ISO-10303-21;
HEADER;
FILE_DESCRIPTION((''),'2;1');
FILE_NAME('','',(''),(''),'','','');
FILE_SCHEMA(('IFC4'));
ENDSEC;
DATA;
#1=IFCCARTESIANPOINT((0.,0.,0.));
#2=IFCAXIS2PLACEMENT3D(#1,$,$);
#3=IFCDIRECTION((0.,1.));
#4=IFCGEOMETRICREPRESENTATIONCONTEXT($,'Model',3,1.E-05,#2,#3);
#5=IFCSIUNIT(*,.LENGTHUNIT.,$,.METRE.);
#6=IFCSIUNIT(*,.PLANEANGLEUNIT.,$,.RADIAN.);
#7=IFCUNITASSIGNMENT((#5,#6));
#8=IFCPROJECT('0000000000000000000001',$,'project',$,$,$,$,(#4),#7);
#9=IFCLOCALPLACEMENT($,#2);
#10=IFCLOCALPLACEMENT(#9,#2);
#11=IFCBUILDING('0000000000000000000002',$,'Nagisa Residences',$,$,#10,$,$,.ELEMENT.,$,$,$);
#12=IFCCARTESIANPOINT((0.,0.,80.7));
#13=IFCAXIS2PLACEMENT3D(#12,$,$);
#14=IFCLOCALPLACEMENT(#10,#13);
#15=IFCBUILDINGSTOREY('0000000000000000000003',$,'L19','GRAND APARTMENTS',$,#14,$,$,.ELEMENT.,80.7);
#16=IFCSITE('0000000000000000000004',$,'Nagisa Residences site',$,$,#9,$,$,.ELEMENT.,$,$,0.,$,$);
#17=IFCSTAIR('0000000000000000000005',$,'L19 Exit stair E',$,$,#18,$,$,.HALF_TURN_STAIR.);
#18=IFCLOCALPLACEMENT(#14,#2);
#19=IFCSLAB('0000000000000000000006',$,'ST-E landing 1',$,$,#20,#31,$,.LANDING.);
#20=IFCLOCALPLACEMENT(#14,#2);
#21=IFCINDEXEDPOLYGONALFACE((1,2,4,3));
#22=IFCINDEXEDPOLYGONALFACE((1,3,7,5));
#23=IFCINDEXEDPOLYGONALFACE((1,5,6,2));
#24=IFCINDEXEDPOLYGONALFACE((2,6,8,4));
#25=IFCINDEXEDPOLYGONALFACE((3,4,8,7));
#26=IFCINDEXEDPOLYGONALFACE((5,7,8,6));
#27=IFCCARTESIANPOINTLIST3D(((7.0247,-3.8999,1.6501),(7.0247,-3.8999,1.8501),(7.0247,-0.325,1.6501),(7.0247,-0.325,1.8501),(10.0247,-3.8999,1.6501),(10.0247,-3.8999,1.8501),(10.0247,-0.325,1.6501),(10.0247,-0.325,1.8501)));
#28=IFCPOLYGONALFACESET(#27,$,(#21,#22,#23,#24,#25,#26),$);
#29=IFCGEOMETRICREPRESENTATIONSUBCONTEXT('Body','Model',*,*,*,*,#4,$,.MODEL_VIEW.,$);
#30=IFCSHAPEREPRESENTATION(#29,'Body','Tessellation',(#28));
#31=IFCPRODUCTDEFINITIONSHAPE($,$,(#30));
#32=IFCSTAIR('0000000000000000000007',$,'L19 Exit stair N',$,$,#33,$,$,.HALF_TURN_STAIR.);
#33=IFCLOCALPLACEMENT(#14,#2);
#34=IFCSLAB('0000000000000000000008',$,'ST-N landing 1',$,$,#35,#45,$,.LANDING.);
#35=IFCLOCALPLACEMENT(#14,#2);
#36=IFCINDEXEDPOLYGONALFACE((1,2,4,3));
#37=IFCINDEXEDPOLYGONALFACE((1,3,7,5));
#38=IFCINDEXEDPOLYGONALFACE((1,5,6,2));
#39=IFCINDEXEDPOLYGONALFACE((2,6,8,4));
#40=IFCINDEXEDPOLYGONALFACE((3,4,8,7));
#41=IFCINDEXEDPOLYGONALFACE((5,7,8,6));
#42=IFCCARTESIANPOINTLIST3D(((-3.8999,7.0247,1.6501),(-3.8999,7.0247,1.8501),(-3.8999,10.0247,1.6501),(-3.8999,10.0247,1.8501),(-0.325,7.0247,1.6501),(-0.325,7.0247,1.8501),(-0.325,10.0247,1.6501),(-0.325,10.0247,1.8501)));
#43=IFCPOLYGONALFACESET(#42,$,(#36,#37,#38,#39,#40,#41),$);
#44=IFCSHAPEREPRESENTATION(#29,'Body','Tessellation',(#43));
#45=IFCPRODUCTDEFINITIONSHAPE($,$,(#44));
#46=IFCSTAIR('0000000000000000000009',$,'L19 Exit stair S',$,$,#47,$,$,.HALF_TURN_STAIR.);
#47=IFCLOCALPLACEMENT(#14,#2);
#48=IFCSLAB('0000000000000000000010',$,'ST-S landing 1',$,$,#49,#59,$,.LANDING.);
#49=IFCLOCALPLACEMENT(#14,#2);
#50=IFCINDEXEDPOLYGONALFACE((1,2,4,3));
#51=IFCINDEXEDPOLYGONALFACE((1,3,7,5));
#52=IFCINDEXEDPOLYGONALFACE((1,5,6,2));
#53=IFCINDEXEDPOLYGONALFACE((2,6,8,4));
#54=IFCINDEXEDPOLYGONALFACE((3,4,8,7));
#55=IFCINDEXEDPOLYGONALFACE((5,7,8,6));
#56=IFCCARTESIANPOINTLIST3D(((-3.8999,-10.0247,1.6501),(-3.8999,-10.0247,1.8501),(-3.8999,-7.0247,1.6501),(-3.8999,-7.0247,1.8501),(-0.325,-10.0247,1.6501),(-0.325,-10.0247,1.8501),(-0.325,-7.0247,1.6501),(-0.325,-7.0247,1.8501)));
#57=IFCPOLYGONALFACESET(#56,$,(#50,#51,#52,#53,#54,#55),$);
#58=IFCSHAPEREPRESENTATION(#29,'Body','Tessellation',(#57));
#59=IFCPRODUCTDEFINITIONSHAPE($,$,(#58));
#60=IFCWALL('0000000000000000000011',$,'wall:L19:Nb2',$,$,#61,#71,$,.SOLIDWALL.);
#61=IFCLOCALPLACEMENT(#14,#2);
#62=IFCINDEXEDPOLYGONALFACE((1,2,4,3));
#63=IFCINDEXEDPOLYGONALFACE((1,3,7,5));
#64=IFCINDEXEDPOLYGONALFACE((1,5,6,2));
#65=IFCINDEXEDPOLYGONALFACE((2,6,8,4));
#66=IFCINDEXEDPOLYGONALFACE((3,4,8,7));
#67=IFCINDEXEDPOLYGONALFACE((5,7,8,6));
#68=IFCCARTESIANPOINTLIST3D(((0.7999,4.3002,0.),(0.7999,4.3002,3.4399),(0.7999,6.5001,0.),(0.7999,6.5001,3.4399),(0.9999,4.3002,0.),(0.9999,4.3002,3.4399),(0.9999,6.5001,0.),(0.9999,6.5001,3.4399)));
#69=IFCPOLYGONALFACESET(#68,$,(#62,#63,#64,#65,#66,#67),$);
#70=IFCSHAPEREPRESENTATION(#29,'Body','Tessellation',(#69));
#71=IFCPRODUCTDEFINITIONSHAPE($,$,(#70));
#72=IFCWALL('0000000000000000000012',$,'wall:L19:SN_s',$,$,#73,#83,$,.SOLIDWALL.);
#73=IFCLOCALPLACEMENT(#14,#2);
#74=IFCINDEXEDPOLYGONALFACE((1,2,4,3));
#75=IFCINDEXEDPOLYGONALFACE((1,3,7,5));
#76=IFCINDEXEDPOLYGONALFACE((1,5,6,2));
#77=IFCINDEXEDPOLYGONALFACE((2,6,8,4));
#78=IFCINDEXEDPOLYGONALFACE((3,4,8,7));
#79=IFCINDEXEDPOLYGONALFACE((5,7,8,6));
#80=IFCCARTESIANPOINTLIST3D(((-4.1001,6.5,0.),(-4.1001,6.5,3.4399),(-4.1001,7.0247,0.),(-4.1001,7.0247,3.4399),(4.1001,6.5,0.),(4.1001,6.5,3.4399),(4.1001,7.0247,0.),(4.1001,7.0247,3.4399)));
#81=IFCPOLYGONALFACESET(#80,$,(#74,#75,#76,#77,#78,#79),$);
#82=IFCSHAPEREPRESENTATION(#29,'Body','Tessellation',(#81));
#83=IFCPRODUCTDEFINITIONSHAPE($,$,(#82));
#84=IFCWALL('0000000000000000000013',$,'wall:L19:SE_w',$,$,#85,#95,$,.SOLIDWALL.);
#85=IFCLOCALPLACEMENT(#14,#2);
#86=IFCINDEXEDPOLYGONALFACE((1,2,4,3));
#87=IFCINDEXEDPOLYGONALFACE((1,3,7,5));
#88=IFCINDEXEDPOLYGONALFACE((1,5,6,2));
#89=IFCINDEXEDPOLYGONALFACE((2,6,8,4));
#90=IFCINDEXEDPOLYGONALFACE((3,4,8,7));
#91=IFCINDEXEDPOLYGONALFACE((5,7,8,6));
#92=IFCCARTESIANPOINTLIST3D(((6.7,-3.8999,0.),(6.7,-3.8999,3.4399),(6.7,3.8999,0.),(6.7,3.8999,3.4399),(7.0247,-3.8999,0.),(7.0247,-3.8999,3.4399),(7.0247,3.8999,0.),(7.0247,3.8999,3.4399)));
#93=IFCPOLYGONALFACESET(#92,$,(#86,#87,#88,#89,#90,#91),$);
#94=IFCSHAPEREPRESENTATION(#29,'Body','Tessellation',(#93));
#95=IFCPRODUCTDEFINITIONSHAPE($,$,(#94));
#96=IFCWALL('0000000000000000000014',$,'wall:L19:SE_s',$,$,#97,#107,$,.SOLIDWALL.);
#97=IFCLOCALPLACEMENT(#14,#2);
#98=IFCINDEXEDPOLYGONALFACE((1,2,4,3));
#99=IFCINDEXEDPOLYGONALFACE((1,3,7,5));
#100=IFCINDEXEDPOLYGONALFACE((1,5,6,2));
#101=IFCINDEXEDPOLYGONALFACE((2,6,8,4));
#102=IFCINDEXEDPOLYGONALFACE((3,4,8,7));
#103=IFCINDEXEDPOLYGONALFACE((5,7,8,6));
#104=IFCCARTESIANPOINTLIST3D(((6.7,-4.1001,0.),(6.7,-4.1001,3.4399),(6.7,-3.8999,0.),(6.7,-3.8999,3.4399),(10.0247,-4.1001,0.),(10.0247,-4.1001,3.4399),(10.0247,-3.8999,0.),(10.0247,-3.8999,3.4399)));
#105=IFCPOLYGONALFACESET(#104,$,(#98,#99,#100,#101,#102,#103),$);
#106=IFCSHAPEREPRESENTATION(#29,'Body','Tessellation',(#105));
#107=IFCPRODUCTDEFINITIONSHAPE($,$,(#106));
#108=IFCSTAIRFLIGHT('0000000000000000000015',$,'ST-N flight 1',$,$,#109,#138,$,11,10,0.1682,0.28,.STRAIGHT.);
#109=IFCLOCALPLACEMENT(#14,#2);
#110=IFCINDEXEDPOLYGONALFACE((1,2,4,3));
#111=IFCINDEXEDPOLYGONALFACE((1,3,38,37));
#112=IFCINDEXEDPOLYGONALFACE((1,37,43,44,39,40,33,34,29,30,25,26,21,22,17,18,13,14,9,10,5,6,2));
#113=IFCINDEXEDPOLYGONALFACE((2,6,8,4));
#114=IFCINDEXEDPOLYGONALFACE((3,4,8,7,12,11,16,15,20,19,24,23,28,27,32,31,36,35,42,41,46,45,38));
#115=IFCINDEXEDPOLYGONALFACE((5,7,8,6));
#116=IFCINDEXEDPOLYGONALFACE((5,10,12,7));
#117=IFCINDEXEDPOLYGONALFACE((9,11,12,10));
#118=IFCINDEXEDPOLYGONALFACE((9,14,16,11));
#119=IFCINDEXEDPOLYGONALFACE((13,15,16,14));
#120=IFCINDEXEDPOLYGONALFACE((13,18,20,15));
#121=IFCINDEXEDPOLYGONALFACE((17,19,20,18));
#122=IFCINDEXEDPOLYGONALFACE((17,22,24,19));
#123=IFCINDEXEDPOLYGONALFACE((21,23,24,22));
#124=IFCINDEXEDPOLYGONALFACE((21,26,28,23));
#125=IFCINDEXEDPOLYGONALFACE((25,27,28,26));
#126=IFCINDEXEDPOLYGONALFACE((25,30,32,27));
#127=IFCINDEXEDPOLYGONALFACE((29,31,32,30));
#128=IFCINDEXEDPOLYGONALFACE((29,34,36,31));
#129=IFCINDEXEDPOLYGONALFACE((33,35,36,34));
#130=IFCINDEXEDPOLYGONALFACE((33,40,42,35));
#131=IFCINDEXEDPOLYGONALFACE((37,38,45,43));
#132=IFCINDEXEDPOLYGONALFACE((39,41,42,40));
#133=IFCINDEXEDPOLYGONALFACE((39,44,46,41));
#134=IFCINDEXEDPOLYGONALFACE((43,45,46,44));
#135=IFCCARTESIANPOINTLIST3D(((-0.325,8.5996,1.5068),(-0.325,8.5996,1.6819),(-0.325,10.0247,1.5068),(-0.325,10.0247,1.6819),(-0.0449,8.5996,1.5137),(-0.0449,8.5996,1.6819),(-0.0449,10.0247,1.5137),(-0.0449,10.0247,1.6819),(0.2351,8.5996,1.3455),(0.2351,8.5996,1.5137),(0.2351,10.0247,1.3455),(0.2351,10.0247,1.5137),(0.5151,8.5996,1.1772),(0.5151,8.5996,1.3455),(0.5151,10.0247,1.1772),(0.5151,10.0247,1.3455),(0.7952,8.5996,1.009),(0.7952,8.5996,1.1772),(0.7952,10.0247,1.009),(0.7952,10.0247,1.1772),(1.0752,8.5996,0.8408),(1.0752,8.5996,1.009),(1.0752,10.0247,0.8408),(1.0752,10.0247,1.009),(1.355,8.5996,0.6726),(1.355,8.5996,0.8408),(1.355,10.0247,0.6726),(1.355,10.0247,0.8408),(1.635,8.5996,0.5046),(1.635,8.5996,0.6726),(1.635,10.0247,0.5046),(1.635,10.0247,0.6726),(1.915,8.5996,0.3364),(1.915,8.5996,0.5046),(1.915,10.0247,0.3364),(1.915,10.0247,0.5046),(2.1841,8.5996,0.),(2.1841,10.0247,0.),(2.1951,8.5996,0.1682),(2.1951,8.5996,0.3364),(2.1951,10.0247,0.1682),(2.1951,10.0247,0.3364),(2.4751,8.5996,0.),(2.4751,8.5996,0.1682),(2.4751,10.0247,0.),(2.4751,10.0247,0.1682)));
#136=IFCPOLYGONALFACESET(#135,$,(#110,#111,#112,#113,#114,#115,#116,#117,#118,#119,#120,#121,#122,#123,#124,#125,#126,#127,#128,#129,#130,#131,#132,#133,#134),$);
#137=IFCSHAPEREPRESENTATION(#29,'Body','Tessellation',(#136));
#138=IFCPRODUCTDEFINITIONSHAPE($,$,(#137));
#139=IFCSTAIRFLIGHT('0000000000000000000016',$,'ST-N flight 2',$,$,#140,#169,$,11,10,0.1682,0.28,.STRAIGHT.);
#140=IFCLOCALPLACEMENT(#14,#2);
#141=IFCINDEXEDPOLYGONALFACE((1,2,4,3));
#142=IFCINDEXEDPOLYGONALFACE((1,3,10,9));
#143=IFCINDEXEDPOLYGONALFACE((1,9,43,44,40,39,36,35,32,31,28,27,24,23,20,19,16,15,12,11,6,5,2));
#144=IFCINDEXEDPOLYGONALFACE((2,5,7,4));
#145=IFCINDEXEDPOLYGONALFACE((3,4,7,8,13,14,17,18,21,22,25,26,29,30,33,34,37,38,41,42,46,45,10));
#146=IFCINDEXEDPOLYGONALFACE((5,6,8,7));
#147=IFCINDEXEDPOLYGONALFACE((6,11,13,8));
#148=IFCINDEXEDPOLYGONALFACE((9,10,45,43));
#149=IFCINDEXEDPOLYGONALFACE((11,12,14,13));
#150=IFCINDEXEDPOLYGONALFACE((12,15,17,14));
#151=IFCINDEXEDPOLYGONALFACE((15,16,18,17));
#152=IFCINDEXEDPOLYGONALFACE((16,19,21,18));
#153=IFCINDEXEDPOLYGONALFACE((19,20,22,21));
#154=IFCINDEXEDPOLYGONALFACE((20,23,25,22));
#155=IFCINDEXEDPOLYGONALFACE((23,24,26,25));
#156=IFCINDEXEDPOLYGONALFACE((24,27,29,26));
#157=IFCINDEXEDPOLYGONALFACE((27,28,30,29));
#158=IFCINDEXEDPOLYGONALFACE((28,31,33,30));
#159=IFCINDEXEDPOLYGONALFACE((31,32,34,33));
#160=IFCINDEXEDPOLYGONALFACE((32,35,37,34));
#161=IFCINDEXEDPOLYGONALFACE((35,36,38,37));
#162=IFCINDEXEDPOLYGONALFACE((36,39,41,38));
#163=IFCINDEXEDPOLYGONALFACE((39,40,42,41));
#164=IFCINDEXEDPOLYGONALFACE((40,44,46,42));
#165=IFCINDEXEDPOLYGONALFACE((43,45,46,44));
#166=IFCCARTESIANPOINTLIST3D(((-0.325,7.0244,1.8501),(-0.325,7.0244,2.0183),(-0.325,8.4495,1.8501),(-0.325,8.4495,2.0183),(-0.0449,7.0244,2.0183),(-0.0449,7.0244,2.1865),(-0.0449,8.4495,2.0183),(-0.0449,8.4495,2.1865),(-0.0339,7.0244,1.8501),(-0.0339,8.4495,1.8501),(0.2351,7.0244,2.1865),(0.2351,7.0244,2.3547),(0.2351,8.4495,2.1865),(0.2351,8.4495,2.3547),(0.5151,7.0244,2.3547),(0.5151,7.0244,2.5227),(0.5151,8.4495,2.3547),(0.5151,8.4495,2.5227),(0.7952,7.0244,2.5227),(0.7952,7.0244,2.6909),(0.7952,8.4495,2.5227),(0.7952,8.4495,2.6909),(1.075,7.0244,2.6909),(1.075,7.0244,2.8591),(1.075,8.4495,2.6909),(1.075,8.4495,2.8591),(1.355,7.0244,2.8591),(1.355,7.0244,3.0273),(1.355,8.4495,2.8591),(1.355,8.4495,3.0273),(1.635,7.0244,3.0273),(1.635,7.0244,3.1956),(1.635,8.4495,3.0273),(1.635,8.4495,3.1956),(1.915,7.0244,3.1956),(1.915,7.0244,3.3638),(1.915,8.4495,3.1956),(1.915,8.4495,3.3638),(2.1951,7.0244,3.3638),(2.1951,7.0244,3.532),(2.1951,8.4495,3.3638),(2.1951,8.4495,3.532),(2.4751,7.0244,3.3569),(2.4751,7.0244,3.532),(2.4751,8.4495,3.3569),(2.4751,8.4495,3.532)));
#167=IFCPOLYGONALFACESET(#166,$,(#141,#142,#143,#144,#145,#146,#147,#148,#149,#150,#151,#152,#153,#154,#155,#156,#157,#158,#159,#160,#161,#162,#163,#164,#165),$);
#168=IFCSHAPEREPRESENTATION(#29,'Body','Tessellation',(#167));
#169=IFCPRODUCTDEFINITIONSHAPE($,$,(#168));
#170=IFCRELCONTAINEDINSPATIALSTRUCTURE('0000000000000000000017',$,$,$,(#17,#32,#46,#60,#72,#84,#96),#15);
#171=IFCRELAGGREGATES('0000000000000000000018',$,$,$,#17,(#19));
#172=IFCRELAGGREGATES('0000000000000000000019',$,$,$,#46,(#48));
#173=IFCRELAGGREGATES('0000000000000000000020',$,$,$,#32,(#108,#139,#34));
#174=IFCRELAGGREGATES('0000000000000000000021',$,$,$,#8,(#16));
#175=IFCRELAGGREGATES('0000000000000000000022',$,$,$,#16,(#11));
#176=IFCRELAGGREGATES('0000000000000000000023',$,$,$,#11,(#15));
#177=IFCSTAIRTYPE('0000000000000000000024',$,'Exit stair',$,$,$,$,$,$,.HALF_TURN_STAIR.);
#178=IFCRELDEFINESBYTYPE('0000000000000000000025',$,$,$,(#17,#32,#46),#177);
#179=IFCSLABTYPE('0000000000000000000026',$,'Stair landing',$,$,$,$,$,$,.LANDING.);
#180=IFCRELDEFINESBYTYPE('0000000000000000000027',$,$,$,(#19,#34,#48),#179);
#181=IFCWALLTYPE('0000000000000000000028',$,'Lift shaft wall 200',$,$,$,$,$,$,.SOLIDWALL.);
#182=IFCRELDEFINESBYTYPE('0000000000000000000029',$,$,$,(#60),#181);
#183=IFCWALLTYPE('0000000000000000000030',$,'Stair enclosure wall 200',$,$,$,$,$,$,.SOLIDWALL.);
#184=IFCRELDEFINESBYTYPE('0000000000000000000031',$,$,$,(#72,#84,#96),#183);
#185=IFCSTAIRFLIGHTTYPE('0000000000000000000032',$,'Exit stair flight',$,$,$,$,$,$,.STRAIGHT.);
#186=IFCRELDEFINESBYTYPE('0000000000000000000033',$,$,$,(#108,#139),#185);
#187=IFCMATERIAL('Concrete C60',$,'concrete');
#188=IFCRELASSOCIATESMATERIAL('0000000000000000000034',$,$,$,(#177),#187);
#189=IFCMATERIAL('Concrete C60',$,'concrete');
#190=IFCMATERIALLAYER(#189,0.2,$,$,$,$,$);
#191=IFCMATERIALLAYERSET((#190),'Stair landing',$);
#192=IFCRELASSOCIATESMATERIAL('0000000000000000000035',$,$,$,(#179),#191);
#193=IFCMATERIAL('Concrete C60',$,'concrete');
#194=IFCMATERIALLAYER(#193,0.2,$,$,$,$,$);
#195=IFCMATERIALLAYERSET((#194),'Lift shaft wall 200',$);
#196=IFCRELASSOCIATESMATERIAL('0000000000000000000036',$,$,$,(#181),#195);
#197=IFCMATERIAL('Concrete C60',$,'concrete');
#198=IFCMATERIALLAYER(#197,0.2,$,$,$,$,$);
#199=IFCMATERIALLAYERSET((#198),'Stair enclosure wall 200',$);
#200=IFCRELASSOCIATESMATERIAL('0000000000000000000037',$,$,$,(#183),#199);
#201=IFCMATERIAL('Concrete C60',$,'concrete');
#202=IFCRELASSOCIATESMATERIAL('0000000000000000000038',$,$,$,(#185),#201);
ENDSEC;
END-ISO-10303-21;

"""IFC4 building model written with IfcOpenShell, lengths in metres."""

from ifc_helpers import new_model, si_unit, direction, frame, frame_2d, origin, place, context, subcontext, project, spatial, polyline, rectangle, outline, extrude, material, layer, layer_set, type_object, element, aggregate, save


model = new_model("IFC4")

# Units and contexts
model_context = context("Model", 3, precision=1e-05, world=origin(), true_north=direction((0.0, 1.0)))
body_context = subcontext(model_context, "Body", "Model", "MODEL_VIEW")
ifc_project = project(units=[si_unit("LENGTHUNIT", "METRE"), si_unit("PLANEANGLEUNIT", "RADIAN")], contexts=[model_context])

# Site, building, storey
site_placement = place(None, origin())
site = spatial("IfcSite", under=ifc_project, at=site_placement, Name="Nagisa Residences site", CompositionType="ELEMENT", RefElevation=0.0)
building_placement = place(site_placement, origin())
building = spatial("IfcBuilding", under=site, at=building_placement, Name="Nagisa Residences", CompositionType="ELEMENT")
storey_placement = place(building_placement, frame((0.0, 0.0, 80.7)))
storey = spatial("IfcBuildingStorey", under=building, at=storey_placement, Name="L19", Description="GRAND APARTMENTS", CompositionType="ELEMENT", Elevation=80.7)

# Stairs, slabs
ifc_material_1 = material(Name="Concrete C60", Category="concrete")
stair_type = type_object("IfcStairType", Name="Exit stair", PredefinedType="HALF_TURN_STAIR", material=ifc_material_1)
stair_1_placement = place(storey_placement, origin())
stair_1 = element("IfcStair", 1, at=stair_1_placement, inside=storey, type_object=stair_type, Name="L19 Exit stair E", PredefinedType="HALF_TURN_STAIR")
ifc_material_2 = material(Name="Concrete C60", Category="concrete")
ifc_layer_1 = layer(ifc_material_2, 0.2)
ifc_layer_set_1 = layer_set([ifc_layer_1], Name="Stair landing")
slab_type = type_object("IfcSlabType", Name="Stair landing", PredefinedType="LANDING", material=ifc_layer_set_1)
slab_1_placement = place(storey_placement, frame((0.0, 0.0, 1.6501)))
slab_1 = element("IfcSlab", 2, at=slab_1_placement, type_object=slab_type, Name="ST-E landing 1", PredefinedType="LANDING", context=body_context, shape_type="SweptSolid", body=[
    extrude(outline(polyline([(7.0247, -0.325), (7.0247, -3.8999), (10.0247, -3.8999), (10.0247, -0.325), (7.0247, -0.325)])), origin(), (0.0, 0.0, 1.0), 0.2),
])
aggregate(stair_1, [slab_1])
stair_2_placement = place(storey_placement, origin())
stair_2 = element("IfcStair", 3, at=stair_2_placement, inside=storey, type_object=stair_type, Name="L19 Exit stair N", PredefinedType="HALF_TURN_STAIR")
slab_2_placement = place(storey_placement, frame((0.0, 0.0, 1.6501)))
slab_2 = element("IfcSlab", 4, at=slab_2_placement, type_object=slab_type, Name="ST-N landing 1", PredefinedType="LANDING", context=body_context, shape_type="SweptSolid", body=[
    extrude(outline(polyline([(-0.325, 10.0247), (-3.8999, 10.0247), (-3.8999, 7.0247), (-0.325, 7.0247), (-0.325, 10.0247)])), origin(), (0.0, 0.0, 1.0), 0.2),
])
stair_3_placement = place(storey_placement, origin())
stair_3 = element("IfcStair", 5, at=stair_3_placement, inside=storey, type_object=stair_type, Name="L19 Exit stair S", PredefinedType="HALF_TURN_STAIR")
slab_3_placement = place(storey_placement, frame((0.0, 0.0, 1.6501)))
slab_3 = element("IfcSlab", 6, at=slab_3_placement, type_object=slab_type, Name="ST-S landing 1", PredefinedType="LANDING", context=body_context, shape_type="SweptSolid", body=[
    extrude(outline(polyline([(-0.325, -7.0247), (-3.8999, -7.0247), (-3.8999, -10.0247), (-0.325, -10.0247), (-0.325, -7.0247)])), origin(), (0.0, 0.0, 1.0), 0.2),
])
aggregate(stair_3, [slab_3])

# Walls
ifc_material_3 = material(Name="Concrete C60", Category="concrete")
ifc_layer_2 = layer(ifc_material_3, 0.2)
ifc_layer_set_2 = layer_set([ifc_layer_2], Name="Lift shaft wall 200")
wall_type_1 = type_object("IfcWallType", Name="Lift shaft wall 200", PredefinedType="SOLIDWALL", material=ifc_layer_set_2)
wall_1_placement = place(storey_placement, frame((0.8999, 4.3, 0.0), z_axis=(0.0, 0.0, 1.0), x_axis=(0.0, 1.0, 0.0)))
element("IfcWall", 7, at=wall_1_placement, inside=storey, type_object=wall_type_1, Name="wall:L19:Nb2", PredefinedType="SOLIDWALL", context=body_context, shape_type="SweptSolid", body=[
    extrude(rectangle(XDim=2.2, YDim=0.2, at=frame_2d((1.1001, 0.0))), origin(), (0.0, 0.0, 1.0), 3.4399),
])
ifc_material_4 = material(Name="Concrete C60", Category="concrete")
ifc_layer_3 = layer(ifc_material_4, 0.2)
ifc_layer_set_3 = layer_set([ifc_layer_3], Name="Stair enclosure wall 200")
wall_type_2 = type_object("IfcWallType", Name="Stair enclosure wall 200", PredefinedType="SOLIDWALL", material=ifc_layer_set_3)
wall_2_placement = place(storey_placement, origin())
element("IfcWall", 8, at=wall_2_placement, inside=storey, type_object=wall_type_2, Name="wall:L19:SN_s", PredefinedType="SOLIDWALL", context=body_context, shape_type="SweptSolid", body=[
    extrude(outline(polyline([(4.1001, 6.5), (-4.1001, 6.5), (-4.1001, 7.0247), (4.1001, 7.0247), (4.1001, 6.5)])), origin(), (0.0, 0.0, 1.0), 3.4399),
])
wall_3_placement = place(storey_placement, origin())
element("IfcWall", 9, at=wall_3_placement, inside=storey, type_object=wall_type_2, Name="wall:L19:SE_w", PredefinedType="SOLIDWALL", context=body_context, shape_type="SweptSolid", body=[
    extrude(outline(polyline([(7.0247, -3.8999), (6.7, -3.8999), (6.7, 3.8999), (7.0247, 3.8999), (7.0247, -3.8999)])), origin(), (0.0, 0.0, 1.0), 3.4399),
])
wall_4_placement = place(storey_placement, origin())
element("IfcWall", 10, at=wall_4_placement, inside=storey, type_object=wall_type_2, Name="wall:L19:SE_s", PredefinedType="SOLIDWALL", context=body_context, shape_type="SweptSolid", body=[
    extrude(outline(polyline([(10.0247, -4.1001), (6.7, -4.1001), (6.7, -3.8999), (10.0247, -3.8999), (10.0247, -4.1001)])), origin(), (0.0, 0.0, 1.0), 3.4399),
])

# Stair flights
ifc_material_5 = material(Name="Concrete C60", Category="concrete")
stair_flight_type = type_object("IfcStairFlightType", Name="Exit stair flight", PredefinedType="STRAIGHT", material=ifc_material_5)
stair_flight_1_placement = place(storey_placement, frame((2.4751, 9.312, 0.0), z_axis=(0.0, 0.0, 1.0), x_axis=(-1.0, 0.0, 0.0)))
stair_flight_1 = element("IfcStairFlight", 11, at=stair_flight_1_placement, type_object=stair_flight_type, Name="ST-N flight 1", NumberOfRisers=11, NumberOfTreads=10, PredefinedType="STRAIGHT", RiserHeight=0.1682, TreadLength=0.28, context=body_context, shape_type="SweptSolid", body=[
    extrude(outline(polyline([(0.0, 0.0), (0.0, 0.1682), (0.28, 0.1682), (0.28, 0.3364), (0.5601, 0.3364), (0.5601, 0.5046), (0.8401, 0.5046), (0.8401, 0.6726), (1.1201, 0.6726), (1.1201, 0.8408), (1.3999, 0.8408), (1.3999, 1.009), (1.6799, 1.009), (1.6799, 1.1772), (1.96, 1.1772), (1.96, 1.3455), (2.24, 1.3455), (2.24, 1.5137), (2.52, 1.5137), (2.52, 1.6819), (2.8, 1.6819), (2.8, 1.8501), (2.8, 1.5068), (0.291, 0.0), (0.0, 0.0)])), frame((0.0, 0.7124, 0.0), z_axis=(0.0, -1.0, 0.0), x_axis=(1.0, 0.0, 0.0)), (0.0, 0.0, 1.0), 1.425),
])
stair_flight_2_placement = place(storey_placement, frame((-0.325, 7.7371, 1.8501), z_axis=(0.0, 0.0, 1.0), x_axis=(1.0, 0.0, 0.0)))
stair_flight_2 = element("IfcStairFlight", 12, at=stair_flight_2_placement, type_object=stair_flight_type, Name="ST-N flight 2", NumberOfRisers=11, NumberOfTreads=10, PredefinedType="STRAIGHT", RiserHeight=0.1682, TreadLength=0.28, context=body_context, shape_type="SweptSolid", body=[
    extrude(outline(polyline([(0.0, 0.0), (0.0, 0.1682), (0.28, 0.1682), (0.28, 0.3364), (0.5601, 0.3364), (0.5601, 0.5046), (0.8401, 0.5046), (0.8401, 0.6726), (1.1201, 0.6726), (1.1201, 0.8408), (1.3999, 0.8408), (1.3999, 1.009), (1.6799, 1.009), (1.6799, 1.1772), (1.96, 1.1772), (1.96, 1.3455), (2.24, 1.3455), (2.24, 1.5137), (2.52, 1.5137), (2.52, 1.6819), (2.8, 1.6819), (2.8, 1.8501), (2.8, 1.5068), (0.291, 0.0), (0.0, 0.0)])), frame((0.0, 0.7124, 0.0), z_axis=(0.0, -1.0, 0.0), x_axis=(1.0, 0.0, 0.0)), (0.0, 0.0, 1.0), 1.425),
])
aggregate(stair_2, [stair_flight_1, stair_flight_2, slab_2])

save(model, "model.ifc")
